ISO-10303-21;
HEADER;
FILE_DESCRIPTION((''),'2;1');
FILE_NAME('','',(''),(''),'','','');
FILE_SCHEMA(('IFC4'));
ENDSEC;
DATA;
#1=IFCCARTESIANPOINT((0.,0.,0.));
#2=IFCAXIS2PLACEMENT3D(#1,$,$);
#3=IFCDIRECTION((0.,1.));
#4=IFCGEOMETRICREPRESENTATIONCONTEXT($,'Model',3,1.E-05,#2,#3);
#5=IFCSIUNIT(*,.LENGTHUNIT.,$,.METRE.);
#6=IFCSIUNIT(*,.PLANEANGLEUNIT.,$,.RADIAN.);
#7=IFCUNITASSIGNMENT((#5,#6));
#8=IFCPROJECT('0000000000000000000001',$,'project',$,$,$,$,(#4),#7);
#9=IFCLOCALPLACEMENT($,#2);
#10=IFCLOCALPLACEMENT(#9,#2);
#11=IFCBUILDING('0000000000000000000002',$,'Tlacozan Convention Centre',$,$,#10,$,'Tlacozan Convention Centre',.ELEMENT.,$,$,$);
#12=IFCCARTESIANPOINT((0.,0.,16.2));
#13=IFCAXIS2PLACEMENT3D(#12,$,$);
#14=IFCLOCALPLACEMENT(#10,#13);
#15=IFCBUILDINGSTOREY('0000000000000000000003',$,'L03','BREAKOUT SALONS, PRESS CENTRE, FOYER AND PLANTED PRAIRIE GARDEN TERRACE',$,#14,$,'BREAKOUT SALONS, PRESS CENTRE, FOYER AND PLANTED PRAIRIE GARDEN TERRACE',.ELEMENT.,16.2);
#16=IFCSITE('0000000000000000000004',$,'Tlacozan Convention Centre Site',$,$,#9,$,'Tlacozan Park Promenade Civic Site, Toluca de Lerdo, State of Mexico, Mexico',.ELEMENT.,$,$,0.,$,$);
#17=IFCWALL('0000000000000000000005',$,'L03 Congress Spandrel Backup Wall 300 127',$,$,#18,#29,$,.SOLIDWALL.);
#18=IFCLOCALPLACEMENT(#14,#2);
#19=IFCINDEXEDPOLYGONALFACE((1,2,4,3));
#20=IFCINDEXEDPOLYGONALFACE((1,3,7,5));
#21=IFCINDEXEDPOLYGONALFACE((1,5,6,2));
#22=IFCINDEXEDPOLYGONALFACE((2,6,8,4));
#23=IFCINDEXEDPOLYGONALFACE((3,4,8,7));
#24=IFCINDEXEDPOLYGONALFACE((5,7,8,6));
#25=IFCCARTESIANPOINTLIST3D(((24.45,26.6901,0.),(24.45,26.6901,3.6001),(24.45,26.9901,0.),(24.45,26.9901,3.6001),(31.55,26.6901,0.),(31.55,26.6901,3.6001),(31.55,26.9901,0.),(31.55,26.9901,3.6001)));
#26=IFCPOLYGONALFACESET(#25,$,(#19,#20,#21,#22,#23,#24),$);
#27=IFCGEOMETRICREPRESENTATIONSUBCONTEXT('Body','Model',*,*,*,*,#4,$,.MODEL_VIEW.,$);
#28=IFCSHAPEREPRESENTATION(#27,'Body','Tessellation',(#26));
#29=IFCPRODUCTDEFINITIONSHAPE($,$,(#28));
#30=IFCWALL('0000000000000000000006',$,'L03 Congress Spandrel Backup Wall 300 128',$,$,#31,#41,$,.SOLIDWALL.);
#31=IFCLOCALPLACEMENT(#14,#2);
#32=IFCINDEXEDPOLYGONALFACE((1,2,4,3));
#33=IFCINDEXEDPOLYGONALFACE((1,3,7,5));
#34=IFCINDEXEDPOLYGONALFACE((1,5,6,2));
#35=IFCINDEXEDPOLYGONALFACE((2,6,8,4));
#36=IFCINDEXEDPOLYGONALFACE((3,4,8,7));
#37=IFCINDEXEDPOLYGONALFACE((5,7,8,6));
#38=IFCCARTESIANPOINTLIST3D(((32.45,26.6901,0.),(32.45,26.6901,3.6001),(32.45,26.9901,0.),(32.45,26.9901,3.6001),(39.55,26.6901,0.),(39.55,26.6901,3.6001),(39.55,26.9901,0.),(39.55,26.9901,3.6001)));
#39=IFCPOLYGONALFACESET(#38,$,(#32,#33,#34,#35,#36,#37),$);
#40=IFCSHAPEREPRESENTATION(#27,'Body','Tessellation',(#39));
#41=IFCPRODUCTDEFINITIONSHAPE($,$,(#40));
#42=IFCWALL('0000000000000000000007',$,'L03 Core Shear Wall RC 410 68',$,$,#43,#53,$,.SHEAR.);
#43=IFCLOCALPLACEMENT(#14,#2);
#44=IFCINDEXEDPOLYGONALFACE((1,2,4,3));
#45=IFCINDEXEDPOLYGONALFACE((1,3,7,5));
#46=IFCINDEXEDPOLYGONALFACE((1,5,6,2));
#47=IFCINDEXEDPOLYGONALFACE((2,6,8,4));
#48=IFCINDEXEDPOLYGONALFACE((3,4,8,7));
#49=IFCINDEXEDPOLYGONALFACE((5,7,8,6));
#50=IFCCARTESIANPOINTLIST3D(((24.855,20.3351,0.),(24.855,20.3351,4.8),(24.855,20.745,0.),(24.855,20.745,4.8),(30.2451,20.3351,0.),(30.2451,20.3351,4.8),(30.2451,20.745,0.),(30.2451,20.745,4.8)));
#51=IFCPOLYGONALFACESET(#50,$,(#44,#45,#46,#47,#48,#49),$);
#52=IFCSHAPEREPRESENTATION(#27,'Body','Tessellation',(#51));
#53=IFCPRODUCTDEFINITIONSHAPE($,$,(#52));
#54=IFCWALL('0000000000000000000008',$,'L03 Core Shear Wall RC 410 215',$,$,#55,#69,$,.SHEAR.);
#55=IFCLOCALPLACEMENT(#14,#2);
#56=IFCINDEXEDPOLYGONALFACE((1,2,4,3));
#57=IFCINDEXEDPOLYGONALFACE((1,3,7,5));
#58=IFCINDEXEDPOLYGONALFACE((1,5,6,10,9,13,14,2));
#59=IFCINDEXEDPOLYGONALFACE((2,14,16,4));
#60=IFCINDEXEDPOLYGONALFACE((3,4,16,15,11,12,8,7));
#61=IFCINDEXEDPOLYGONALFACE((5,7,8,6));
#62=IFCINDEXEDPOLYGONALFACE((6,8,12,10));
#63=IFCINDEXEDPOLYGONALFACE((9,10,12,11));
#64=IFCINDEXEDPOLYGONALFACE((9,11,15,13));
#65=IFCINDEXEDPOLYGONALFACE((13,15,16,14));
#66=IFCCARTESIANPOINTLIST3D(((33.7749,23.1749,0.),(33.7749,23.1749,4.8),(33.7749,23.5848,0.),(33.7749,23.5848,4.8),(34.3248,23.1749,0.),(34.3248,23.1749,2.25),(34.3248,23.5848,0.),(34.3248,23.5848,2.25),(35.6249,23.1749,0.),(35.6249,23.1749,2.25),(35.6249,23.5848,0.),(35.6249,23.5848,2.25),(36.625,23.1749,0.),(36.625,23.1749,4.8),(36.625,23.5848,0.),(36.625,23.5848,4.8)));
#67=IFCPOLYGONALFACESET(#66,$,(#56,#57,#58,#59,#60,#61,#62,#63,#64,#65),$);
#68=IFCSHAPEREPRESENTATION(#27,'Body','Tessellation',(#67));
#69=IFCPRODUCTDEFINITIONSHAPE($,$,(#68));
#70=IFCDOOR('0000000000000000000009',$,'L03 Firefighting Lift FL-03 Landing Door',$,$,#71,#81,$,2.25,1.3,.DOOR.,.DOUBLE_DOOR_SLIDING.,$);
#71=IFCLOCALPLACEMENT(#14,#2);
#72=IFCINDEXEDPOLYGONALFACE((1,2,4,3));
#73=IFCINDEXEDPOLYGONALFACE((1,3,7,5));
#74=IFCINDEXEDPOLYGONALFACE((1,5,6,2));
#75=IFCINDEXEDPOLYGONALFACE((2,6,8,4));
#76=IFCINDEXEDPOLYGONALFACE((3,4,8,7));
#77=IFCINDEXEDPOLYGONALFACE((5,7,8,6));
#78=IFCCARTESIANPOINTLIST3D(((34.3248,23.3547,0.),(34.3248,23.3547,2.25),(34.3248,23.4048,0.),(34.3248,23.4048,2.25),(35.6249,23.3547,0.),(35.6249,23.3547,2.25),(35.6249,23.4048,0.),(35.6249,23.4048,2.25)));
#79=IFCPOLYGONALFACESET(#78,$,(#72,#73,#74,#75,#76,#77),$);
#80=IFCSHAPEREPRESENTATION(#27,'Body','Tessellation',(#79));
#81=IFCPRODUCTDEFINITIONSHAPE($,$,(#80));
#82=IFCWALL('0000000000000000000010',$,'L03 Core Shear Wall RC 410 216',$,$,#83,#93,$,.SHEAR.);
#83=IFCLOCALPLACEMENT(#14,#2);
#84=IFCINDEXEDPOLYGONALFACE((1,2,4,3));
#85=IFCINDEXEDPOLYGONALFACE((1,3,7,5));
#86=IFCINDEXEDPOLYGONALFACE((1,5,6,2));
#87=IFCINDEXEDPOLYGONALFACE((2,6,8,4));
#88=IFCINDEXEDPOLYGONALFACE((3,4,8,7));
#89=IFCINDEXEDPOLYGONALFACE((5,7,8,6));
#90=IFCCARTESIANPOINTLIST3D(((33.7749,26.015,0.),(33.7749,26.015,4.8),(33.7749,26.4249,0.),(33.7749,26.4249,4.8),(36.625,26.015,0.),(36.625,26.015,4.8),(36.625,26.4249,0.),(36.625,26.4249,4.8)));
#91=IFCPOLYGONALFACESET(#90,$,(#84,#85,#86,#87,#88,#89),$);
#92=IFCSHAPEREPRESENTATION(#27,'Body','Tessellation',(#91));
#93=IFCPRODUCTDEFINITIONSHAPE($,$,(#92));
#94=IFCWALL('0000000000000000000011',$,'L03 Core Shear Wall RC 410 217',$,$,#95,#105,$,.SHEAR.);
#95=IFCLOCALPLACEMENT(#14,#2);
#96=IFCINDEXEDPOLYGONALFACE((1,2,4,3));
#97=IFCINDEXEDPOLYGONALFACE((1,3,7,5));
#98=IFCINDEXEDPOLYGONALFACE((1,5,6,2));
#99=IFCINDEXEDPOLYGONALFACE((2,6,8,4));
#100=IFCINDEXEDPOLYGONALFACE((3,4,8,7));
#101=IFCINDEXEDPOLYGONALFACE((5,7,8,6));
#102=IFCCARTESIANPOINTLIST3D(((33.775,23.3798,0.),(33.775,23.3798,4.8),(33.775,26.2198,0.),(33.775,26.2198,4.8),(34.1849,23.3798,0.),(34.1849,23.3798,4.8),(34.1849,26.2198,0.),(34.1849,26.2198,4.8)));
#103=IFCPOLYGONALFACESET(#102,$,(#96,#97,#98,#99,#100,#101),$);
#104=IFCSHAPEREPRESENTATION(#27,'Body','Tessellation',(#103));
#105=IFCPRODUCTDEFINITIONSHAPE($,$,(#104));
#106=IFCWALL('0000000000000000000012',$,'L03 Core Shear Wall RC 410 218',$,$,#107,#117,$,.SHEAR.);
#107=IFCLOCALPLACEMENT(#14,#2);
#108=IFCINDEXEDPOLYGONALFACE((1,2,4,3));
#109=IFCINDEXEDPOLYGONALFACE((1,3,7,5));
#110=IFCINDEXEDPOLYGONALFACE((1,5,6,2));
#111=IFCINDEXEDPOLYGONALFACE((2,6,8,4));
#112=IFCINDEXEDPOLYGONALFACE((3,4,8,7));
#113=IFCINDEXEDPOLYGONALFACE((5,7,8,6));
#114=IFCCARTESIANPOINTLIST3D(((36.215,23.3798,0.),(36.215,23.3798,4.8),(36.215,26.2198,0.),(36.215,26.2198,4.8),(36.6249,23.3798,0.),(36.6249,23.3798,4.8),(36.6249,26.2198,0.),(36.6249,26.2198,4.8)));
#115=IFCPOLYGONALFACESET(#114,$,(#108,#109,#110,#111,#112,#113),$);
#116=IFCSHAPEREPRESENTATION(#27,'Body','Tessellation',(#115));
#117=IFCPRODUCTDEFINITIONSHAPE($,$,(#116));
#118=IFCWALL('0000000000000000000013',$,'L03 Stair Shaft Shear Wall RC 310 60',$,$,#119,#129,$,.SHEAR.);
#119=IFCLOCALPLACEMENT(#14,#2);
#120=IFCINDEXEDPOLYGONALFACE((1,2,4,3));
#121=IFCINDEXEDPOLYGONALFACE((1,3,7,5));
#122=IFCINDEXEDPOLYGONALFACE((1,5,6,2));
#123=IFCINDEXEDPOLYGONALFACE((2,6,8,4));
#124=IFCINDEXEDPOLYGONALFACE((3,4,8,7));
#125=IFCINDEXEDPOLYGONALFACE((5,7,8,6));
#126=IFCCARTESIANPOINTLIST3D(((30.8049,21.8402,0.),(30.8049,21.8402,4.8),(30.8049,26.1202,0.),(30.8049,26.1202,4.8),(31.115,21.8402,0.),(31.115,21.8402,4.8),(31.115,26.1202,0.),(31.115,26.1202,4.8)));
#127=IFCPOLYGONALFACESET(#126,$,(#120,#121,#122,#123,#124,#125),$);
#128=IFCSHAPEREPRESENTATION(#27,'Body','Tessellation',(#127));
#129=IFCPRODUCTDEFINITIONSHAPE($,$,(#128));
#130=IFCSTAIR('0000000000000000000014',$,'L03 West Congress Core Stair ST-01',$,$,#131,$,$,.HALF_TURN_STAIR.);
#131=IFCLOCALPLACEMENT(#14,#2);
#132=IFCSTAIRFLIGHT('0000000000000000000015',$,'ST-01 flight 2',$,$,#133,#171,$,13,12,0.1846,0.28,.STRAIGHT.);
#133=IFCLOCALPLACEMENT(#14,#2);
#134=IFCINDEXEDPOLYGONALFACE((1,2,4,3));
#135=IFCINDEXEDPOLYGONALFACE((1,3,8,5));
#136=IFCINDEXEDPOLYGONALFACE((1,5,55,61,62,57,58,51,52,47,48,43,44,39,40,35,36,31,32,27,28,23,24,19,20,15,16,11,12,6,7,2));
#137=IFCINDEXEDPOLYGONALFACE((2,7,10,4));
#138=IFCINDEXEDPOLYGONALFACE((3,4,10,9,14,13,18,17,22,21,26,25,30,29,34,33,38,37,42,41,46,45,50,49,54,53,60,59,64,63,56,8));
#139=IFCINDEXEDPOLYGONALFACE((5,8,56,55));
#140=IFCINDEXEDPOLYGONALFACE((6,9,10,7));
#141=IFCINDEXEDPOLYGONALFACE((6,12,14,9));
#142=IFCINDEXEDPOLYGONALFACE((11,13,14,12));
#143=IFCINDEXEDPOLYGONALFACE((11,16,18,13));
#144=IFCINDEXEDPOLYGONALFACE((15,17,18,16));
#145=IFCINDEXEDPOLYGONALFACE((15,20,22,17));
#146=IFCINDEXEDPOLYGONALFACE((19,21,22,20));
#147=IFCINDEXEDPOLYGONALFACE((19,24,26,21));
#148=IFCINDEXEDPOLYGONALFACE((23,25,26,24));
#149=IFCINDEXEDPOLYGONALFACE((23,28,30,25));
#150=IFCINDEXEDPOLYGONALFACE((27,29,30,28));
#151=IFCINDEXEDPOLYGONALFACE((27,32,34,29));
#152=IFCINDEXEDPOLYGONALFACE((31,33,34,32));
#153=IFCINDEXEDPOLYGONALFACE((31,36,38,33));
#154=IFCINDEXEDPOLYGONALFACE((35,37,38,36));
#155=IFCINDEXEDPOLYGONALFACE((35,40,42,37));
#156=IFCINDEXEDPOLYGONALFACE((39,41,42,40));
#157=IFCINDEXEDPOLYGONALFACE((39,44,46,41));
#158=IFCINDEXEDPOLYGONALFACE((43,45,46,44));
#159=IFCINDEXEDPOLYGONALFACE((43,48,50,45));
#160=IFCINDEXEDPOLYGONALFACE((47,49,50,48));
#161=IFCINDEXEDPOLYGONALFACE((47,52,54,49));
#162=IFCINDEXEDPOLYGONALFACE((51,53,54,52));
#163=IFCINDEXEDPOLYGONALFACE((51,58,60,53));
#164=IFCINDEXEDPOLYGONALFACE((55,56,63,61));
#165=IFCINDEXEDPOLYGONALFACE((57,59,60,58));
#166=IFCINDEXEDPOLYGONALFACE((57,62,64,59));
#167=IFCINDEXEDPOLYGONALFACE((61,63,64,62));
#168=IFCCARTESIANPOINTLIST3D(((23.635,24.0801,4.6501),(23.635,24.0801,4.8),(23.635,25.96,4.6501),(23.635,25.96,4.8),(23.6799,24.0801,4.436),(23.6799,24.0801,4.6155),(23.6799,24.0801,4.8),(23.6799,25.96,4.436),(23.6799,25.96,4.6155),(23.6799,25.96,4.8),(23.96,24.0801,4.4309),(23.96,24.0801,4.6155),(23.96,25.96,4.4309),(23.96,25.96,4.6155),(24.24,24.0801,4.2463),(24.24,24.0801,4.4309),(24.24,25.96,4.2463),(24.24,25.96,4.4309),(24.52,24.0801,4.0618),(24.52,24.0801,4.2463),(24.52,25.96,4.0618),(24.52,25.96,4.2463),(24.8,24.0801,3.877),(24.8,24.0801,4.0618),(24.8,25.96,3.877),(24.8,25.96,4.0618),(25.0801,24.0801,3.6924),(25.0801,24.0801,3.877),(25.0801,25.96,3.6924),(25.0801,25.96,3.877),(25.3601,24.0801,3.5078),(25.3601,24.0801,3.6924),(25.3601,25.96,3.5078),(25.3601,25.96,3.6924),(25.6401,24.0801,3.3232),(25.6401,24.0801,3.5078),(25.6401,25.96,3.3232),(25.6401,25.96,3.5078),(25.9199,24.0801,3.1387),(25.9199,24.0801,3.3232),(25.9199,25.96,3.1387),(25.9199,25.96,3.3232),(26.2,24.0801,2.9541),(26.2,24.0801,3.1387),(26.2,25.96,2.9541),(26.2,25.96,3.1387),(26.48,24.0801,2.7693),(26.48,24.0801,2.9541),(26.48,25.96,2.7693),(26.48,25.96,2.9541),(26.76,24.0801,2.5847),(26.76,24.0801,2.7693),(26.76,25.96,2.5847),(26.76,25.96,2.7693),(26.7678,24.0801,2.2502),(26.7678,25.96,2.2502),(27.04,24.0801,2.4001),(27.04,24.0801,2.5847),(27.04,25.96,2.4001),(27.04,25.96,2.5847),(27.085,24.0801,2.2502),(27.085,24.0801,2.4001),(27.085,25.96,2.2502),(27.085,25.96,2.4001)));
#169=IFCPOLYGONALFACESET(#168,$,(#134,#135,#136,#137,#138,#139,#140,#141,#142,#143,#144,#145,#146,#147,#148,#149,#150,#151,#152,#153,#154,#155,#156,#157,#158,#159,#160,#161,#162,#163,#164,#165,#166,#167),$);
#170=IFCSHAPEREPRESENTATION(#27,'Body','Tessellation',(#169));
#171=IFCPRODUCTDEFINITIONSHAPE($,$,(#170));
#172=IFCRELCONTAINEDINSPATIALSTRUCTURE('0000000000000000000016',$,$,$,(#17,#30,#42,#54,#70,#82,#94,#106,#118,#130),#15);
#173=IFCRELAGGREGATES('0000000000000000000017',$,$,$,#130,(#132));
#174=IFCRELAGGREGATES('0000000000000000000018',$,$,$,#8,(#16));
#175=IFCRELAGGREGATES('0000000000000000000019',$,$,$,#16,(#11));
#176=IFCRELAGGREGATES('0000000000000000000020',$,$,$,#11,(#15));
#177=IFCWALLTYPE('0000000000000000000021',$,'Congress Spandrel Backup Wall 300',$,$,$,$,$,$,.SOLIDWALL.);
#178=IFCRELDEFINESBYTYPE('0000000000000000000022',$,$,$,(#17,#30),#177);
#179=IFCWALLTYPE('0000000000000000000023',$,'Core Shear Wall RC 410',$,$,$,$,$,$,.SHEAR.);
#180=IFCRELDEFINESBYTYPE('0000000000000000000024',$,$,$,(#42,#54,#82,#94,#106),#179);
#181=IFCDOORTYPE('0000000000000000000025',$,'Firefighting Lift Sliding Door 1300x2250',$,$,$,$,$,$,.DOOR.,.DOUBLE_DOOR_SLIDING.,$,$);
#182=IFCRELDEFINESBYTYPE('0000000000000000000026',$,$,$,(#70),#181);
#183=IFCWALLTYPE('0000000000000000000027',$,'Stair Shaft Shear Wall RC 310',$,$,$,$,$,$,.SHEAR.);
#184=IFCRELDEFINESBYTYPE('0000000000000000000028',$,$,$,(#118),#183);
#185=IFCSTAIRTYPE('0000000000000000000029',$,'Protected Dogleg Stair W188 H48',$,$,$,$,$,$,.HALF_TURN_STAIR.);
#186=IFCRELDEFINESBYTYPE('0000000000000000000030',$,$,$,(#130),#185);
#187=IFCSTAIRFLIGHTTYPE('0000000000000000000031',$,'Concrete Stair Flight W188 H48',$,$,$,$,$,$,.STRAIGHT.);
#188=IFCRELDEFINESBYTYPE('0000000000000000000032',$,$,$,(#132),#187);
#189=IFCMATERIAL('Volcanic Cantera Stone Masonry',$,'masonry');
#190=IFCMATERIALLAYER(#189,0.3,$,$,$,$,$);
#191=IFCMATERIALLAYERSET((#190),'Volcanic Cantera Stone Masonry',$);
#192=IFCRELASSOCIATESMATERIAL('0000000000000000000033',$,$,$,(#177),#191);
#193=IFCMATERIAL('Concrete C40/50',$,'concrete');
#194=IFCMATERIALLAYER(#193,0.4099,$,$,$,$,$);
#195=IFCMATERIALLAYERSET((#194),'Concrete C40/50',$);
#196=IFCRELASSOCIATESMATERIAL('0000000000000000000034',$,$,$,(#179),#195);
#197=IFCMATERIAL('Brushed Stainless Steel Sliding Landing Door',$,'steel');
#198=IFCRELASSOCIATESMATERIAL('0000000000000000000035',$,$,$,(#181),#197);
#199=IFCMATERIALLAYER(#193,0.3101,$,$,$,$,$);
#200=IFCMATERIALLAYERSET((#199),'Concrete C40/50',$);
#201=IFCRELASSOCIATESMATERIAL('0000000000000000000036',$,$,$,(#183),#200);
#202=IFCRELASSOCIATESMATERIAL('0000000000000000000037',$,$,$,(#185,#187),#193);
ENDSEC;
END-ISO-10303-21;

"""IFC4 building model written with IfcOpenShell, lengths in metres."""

from ifc_helpers import new_model, si_unit, direction, frame, frame_2d, origin, place, context, subcontext, project, spatial, polyline, rectangle, outline, extrude, material, layer, layer_set, type_object, element, fill, aggregate, save


model = new_model("IFC4")

# Units and contexts
model_context = context("Model", 3, precision=1e-05, world=origin(), true_north=direction((0.0, 1.0)))
body_context = subcontext(model_context, "Body", "Model", "MODEL_VIEW")
ifc_project = project(units=[si_unit("LENGTHUNIT", "METRE"), si_unit("PLANEANGLEUNIT", "RADIAN")], contexts=[model_context])

# Site, building, storey
site_placement = place(None, origin())
site = spatial("IfcSite", under=ifc_project, at=site_placement, Name="Tlacozan Convention Centre Site", LongName="Tlacozan Park Promenade Civic Site, Toluca de Lerdo, State of Mexico, Mexico", CompositionType="ELEMENT", RefElevation=0.0)
building_placement = place(site_placement, origin())
building = spatial("IfcBuilding", under=site, at=building_placement, Name="Tlacozan Convention Centre", LongName="Tlacozan Convention Centre", CompositionType="ELEMENT")
storey_placement = place(building_placement, frame((0.0, 0.0, 16.2)))
storey = spatial("IfcBuildingStorey", under=building, at=storey_placement, Name="L03", Description="BREAKOUT SALONS, PRESS CENTRE, FOYER AND PLANTED PRAIRIE GARDEN TERRACE", LongName="BREAKOUT SALONS, PRESS CENTRE, FOYER AND PLANTED PRAIRIE GARDEN TERRACE", CompositionType="ELEMENT", Elevation=16.2)

# Shared definitions
ifc_material_1 = material(Name="Concrete C40/50", Category="concrete")

# Walls
ifc_material_2 = material(Name="Volcanic Cantera Stone Masonry", Category="masonry")
ifc_layer_1 = layer(ifc_material_2, 0.3)
ifc_layer_set_1 = layer_set([ifc_layer_1], Name="Volcanic Cantera Stone Masonry")
wall_type_1 = type_object("IfcWallType", Name="Congress Spandrel Backup Wall 300", PredefinedType="SOLIDWALL", material=ifc_layer_set_1)
for number, where, z_axis, x_axis, name in (
    (1, (24.45, 26.8401, 0.0), (0.0, 0.0, 1.0), (1.0, 0.0, 0.0), "L03 Congress Spandrel Backup Wall 300 127"),
    (2, (32.45, 26.8401, 0.0), (0.0, 0.0, 1.0), (1.0, 0.0, 0.0), "L03 Congress Spandrel Backup Wall 300 128"),
):
    element("IfcWall", number, at=place(storey_placement, frame(where, z_axis=z_axis, x_axis=x_axis)), inside=storey, type_object=wall_type_1, Name=name, PredefinedType="SOLIDWALL", context=body_context, shape_type="SweptSolid", body=[
        extrude(rectangle(XDim=7.1001, YDim=0.3, at=frame_2d((3.55, 0.0))), origin(), (0.0, 0.0, 1.0), 3.6001),
    ])
ifc_layer_2 = layer(ifc_material_1, 0.4099)
ifc_layer_set_2 = layer_set([ifc_layer_2], Name="Concrete C40/50")
wall_type_2 = type_object("IfcWallType", Name="Core Shear Wall RC 410", PredefinedType="SHEAR", material=ifc_layer_set_2)
wall_1_placement = place(storey_placement, frame((24.855, 20.54, 0.0), z_axis=(0.0, 0.0, 1.0), x_axis=(1.0, 0.0, 0.0)))
element("IfcWall", 3, at=wall_1_placement, inside=storey, type_object=wall_type_2, Name="L03 Core Shear Wall RC 410 68", PredefinedType="SHEAR", context=body_context, shape_type="SweptSolid", body=[
    extrude(rectangle(XDim=5.3901, YDim=0.4099, at=frame_2d((2.6951, 0.0))), origin(), (0.0, 0.0, 1.0), 4.8),
])

# Wall, opening, door
wall_2_placement = place(storey_placement, frame((33.7749, 23.3799, 0.0), z_axis=(0.0, 0.0, 1.0), x_axis=(1.0, 0.0, 0.0)))
wall_2 = element("IfcWall", 4, at=wall_2_placement, inside=storey, type_object=wall_type_2, Name="L03 Core Shear Wall RC 410 215", PredefinedType="SHEAR", context=body_context, shape_type="SweptSolid", body=[
    extrude(rectangle(XDim=2.8501, YDim=0.4099, at=frame_2d((1.425, 0.0))), origin(), (0.0, 0.0, 1.0), 4.8),
])
opening_placement = place(wall_2_placement, frame((0.55, 0.0, 0.0)))
opening = element("IfcOpeningElement", 5, at=opening_placement, cuts=wall_2, PredefinedType="OPENING", context=body_context, shape_type="SweptSolid", body=[
    extrude(rectangle(XDim=1.3, YDim=2.25, at=frame_2d((0.6499, 1.125))), frame((0.0, 0.2148, 0.0), z_axis=(0.0, -1.0, 0.0), x_axis=(1.0, 0.0, 0.0)), (0.0, 0.0, 1.0), 0.4299),
])
ifc_material_3 = material(Name="Brushed Stainless Steel Sliding Landing Door", Category="steel")
door_type = type_object("IfcDoorType", Name="Firefighting Lift Sliding Door 1300x2250", OperationType="DOUBLE_DOOR_SLIDING", PredefinedType="DOOR", material=ifc_material_3)
door_placement = place(opening_placement, origin())
door = element("IfcDoor", 6, at=door_placement, inside=storey, type_object=door_type, Name="L03 Firefighting Lift FL-03 Landing Door", OperationType="DOUBLE_DOOR_SLIDING", OverallHeight=2.25, OverallWidth=1.3, PredefinedType="DOOR", context=body_context, shape_type="SweptSolid", body=[
    extrude(rectangle(XDim=1.3, YDim=2.25, at=frame_2d((0.6499, 1.125))), frame((0.0, 0.0249, 0.0), z_axis=(0.0, -1.0, 0.0), x_axis=(1.0, 0.0, 0.0)), (0.0, 0.0, 1.0), 0.05),
])
fill(opening, door)

# Walls
wall_3_placement = place(storey_placement, frame((33.7749, 26.22, 0.0), z_axis=(0.0, 0.0, 1.0), x_axis=(1.0, 0.0, 0.0)))
element("IfcWall", 7, at=wall_3_placement, inside=storey, type_object=wall_type_2, Name="L03 Core Shear Wall RC 410 216", PredefinedType="SHEAR", context=body_context, shape_type="SweptSolid", body=[
    extrude(rectangle(XDim=2.8501, YDim=0.4099, at=frame_2d((1.425, 0.0))), origin(), (0.0, 0.0, 1.0), 4.8),
])
for number, where, z_axis, x_axis, name in (
    (8, (33.98, 23.3799, 0.0), (0.0, 0.0, 1.0), (0.0, 1.0, 0.0), "L03 Core Shear Wall RC 410 217"),
    (9, (36.4199, 23.3799, 0.0), (0.0, 0.0, 1.0), (0.0, 1.0, 0.0), "L03 Core Shear Wall RC 410 218"),
):
    element("IfcWall", number, at=place(storey_placement, frame(where, z_axis=z_axis, x_axis=x_axis)), inside=storey, type_object=wall_type_2, Name=name, PredefinedType="SHEAR", context=body_context, shape_type="SweptSolid", body=[
        extrude(rectangle(XDim=2.8401, YDim=0.4099, at=frame_2d((1.4199, 0.0))), origin(), (0.0, 0.0, 1.0), 4.8),
    ])
ifc_layer_3 = layer(ifc_material_1, 0.3101)
ifc_layer_set_3 = layer_set([ifc_layer_3], Name="Concrete C40/50")
wall_type_3 = type_object("IfcWallType", Name="Stair Shaft Shear Wall RC 310", PredefinedType="SHEAR", material=ifc_layer_set_3)
wall_4_placement = place(storey_placement, frame((30.96, 21.8401, 0.0), z_axis=(0.0, 0.0, 1.0), x_axis=(0.0, 1.0, 0.0)))
element("IfcWall", 10, at=wall_4_placement, inside=storey, type_object=wall_type_3, Name="L03 Stair Shaft Shear Wall RC 310 60", PredefinedType="SHEAR", context=body_context, shape_type="SweptSolid", body=[
    extrude(rectangle(XDim=4.28, YDim=0.3101, at=frame_2d((2.1401, 0.0))), origin(), (0.0, 0.0, 1.0), 4.8),
])

# Stair, stair flight
stair_type = type_object("IfcStairType", Name="Protected Dogleg Stair W188 H48", PredefinedType="HALF_TURN_STAIR", material=ifc_material_1)
stair_placement = place(storey_placement, origin())
stair = element("IfcStair", 11, at=stair_placement, inside=storey, type_object=stair_type, Name="L03 West Congress Core Stair ST-01", PredefinedType="HALF_TURN_STAIR")
stair_flight_type = type_object("IfcStairFlightType", Name="Concrete Stair Flight W188 H48", PredefinedType="STRAIGHT", material=ifc_material_1)
stair_flight_placement = place(storey_placement, frame((27.04, 25.02, 2.4001), z_axis=(0.0, 0.0, 1.0), x_axis=(-1.0, 0.0, 0.0)))
stair_flight = element("IfcStairFlight", 12, at=stair_flight_placement, type_object=stair_flight_type, Name="ST-01 flight 2", NumberOfRisers=13, NumberOfTreads=12, PredefinedType="STRAIGHT", RiserHeight=0.1846, TreadLength=0.28, context=body_context, shape_type="SweptSolid", body=[
    extrude(outline(polyline([(-0.0449, -0.1499), (-0.0449, 0.0), (0.0, 0.0), (0.0, 0.1846), (0.28, 0.1846), (0.28, 0.3691), (0.5601, 0.3691), (0.5601, 0.554), (0.8401, 0.554), (0.8401, 0.7385), (1.1201, 0.7385), (1.1201, 0.9231), (1.3999, 0.9231), (1.3999, 1.1077), (1.6799, 1.1077), (1.6799, 1.2922), (1.96, 1.2922), (1.96, 1.4768), (2.24, 1.4768), (2.24, 1.6616), (2.52, 1.6616), (2.52, 1.8462), (2.8, 1.8462), (2.8, 2.0308), (3.0801, 2.0308), (3.0801, 2.2153), (3.3601, 2.2153), (3.3601, 2.3999), (3.405, 2.3999), (3.405, 2.25), (3.3601, 2.0359), (0.2722, -0.1499), (-0.0449, -0.1499)])), frame((0.0, 0.9399, 0.0), z_axis=(0.0, -1.0, 0.0), x_axis=(1.0, 0.0, 0.0)), (0.0, 0.0, 1.0), 1.8799),
])
aggregate(stair, [stair_flight])

save(model, "model.ifc")
